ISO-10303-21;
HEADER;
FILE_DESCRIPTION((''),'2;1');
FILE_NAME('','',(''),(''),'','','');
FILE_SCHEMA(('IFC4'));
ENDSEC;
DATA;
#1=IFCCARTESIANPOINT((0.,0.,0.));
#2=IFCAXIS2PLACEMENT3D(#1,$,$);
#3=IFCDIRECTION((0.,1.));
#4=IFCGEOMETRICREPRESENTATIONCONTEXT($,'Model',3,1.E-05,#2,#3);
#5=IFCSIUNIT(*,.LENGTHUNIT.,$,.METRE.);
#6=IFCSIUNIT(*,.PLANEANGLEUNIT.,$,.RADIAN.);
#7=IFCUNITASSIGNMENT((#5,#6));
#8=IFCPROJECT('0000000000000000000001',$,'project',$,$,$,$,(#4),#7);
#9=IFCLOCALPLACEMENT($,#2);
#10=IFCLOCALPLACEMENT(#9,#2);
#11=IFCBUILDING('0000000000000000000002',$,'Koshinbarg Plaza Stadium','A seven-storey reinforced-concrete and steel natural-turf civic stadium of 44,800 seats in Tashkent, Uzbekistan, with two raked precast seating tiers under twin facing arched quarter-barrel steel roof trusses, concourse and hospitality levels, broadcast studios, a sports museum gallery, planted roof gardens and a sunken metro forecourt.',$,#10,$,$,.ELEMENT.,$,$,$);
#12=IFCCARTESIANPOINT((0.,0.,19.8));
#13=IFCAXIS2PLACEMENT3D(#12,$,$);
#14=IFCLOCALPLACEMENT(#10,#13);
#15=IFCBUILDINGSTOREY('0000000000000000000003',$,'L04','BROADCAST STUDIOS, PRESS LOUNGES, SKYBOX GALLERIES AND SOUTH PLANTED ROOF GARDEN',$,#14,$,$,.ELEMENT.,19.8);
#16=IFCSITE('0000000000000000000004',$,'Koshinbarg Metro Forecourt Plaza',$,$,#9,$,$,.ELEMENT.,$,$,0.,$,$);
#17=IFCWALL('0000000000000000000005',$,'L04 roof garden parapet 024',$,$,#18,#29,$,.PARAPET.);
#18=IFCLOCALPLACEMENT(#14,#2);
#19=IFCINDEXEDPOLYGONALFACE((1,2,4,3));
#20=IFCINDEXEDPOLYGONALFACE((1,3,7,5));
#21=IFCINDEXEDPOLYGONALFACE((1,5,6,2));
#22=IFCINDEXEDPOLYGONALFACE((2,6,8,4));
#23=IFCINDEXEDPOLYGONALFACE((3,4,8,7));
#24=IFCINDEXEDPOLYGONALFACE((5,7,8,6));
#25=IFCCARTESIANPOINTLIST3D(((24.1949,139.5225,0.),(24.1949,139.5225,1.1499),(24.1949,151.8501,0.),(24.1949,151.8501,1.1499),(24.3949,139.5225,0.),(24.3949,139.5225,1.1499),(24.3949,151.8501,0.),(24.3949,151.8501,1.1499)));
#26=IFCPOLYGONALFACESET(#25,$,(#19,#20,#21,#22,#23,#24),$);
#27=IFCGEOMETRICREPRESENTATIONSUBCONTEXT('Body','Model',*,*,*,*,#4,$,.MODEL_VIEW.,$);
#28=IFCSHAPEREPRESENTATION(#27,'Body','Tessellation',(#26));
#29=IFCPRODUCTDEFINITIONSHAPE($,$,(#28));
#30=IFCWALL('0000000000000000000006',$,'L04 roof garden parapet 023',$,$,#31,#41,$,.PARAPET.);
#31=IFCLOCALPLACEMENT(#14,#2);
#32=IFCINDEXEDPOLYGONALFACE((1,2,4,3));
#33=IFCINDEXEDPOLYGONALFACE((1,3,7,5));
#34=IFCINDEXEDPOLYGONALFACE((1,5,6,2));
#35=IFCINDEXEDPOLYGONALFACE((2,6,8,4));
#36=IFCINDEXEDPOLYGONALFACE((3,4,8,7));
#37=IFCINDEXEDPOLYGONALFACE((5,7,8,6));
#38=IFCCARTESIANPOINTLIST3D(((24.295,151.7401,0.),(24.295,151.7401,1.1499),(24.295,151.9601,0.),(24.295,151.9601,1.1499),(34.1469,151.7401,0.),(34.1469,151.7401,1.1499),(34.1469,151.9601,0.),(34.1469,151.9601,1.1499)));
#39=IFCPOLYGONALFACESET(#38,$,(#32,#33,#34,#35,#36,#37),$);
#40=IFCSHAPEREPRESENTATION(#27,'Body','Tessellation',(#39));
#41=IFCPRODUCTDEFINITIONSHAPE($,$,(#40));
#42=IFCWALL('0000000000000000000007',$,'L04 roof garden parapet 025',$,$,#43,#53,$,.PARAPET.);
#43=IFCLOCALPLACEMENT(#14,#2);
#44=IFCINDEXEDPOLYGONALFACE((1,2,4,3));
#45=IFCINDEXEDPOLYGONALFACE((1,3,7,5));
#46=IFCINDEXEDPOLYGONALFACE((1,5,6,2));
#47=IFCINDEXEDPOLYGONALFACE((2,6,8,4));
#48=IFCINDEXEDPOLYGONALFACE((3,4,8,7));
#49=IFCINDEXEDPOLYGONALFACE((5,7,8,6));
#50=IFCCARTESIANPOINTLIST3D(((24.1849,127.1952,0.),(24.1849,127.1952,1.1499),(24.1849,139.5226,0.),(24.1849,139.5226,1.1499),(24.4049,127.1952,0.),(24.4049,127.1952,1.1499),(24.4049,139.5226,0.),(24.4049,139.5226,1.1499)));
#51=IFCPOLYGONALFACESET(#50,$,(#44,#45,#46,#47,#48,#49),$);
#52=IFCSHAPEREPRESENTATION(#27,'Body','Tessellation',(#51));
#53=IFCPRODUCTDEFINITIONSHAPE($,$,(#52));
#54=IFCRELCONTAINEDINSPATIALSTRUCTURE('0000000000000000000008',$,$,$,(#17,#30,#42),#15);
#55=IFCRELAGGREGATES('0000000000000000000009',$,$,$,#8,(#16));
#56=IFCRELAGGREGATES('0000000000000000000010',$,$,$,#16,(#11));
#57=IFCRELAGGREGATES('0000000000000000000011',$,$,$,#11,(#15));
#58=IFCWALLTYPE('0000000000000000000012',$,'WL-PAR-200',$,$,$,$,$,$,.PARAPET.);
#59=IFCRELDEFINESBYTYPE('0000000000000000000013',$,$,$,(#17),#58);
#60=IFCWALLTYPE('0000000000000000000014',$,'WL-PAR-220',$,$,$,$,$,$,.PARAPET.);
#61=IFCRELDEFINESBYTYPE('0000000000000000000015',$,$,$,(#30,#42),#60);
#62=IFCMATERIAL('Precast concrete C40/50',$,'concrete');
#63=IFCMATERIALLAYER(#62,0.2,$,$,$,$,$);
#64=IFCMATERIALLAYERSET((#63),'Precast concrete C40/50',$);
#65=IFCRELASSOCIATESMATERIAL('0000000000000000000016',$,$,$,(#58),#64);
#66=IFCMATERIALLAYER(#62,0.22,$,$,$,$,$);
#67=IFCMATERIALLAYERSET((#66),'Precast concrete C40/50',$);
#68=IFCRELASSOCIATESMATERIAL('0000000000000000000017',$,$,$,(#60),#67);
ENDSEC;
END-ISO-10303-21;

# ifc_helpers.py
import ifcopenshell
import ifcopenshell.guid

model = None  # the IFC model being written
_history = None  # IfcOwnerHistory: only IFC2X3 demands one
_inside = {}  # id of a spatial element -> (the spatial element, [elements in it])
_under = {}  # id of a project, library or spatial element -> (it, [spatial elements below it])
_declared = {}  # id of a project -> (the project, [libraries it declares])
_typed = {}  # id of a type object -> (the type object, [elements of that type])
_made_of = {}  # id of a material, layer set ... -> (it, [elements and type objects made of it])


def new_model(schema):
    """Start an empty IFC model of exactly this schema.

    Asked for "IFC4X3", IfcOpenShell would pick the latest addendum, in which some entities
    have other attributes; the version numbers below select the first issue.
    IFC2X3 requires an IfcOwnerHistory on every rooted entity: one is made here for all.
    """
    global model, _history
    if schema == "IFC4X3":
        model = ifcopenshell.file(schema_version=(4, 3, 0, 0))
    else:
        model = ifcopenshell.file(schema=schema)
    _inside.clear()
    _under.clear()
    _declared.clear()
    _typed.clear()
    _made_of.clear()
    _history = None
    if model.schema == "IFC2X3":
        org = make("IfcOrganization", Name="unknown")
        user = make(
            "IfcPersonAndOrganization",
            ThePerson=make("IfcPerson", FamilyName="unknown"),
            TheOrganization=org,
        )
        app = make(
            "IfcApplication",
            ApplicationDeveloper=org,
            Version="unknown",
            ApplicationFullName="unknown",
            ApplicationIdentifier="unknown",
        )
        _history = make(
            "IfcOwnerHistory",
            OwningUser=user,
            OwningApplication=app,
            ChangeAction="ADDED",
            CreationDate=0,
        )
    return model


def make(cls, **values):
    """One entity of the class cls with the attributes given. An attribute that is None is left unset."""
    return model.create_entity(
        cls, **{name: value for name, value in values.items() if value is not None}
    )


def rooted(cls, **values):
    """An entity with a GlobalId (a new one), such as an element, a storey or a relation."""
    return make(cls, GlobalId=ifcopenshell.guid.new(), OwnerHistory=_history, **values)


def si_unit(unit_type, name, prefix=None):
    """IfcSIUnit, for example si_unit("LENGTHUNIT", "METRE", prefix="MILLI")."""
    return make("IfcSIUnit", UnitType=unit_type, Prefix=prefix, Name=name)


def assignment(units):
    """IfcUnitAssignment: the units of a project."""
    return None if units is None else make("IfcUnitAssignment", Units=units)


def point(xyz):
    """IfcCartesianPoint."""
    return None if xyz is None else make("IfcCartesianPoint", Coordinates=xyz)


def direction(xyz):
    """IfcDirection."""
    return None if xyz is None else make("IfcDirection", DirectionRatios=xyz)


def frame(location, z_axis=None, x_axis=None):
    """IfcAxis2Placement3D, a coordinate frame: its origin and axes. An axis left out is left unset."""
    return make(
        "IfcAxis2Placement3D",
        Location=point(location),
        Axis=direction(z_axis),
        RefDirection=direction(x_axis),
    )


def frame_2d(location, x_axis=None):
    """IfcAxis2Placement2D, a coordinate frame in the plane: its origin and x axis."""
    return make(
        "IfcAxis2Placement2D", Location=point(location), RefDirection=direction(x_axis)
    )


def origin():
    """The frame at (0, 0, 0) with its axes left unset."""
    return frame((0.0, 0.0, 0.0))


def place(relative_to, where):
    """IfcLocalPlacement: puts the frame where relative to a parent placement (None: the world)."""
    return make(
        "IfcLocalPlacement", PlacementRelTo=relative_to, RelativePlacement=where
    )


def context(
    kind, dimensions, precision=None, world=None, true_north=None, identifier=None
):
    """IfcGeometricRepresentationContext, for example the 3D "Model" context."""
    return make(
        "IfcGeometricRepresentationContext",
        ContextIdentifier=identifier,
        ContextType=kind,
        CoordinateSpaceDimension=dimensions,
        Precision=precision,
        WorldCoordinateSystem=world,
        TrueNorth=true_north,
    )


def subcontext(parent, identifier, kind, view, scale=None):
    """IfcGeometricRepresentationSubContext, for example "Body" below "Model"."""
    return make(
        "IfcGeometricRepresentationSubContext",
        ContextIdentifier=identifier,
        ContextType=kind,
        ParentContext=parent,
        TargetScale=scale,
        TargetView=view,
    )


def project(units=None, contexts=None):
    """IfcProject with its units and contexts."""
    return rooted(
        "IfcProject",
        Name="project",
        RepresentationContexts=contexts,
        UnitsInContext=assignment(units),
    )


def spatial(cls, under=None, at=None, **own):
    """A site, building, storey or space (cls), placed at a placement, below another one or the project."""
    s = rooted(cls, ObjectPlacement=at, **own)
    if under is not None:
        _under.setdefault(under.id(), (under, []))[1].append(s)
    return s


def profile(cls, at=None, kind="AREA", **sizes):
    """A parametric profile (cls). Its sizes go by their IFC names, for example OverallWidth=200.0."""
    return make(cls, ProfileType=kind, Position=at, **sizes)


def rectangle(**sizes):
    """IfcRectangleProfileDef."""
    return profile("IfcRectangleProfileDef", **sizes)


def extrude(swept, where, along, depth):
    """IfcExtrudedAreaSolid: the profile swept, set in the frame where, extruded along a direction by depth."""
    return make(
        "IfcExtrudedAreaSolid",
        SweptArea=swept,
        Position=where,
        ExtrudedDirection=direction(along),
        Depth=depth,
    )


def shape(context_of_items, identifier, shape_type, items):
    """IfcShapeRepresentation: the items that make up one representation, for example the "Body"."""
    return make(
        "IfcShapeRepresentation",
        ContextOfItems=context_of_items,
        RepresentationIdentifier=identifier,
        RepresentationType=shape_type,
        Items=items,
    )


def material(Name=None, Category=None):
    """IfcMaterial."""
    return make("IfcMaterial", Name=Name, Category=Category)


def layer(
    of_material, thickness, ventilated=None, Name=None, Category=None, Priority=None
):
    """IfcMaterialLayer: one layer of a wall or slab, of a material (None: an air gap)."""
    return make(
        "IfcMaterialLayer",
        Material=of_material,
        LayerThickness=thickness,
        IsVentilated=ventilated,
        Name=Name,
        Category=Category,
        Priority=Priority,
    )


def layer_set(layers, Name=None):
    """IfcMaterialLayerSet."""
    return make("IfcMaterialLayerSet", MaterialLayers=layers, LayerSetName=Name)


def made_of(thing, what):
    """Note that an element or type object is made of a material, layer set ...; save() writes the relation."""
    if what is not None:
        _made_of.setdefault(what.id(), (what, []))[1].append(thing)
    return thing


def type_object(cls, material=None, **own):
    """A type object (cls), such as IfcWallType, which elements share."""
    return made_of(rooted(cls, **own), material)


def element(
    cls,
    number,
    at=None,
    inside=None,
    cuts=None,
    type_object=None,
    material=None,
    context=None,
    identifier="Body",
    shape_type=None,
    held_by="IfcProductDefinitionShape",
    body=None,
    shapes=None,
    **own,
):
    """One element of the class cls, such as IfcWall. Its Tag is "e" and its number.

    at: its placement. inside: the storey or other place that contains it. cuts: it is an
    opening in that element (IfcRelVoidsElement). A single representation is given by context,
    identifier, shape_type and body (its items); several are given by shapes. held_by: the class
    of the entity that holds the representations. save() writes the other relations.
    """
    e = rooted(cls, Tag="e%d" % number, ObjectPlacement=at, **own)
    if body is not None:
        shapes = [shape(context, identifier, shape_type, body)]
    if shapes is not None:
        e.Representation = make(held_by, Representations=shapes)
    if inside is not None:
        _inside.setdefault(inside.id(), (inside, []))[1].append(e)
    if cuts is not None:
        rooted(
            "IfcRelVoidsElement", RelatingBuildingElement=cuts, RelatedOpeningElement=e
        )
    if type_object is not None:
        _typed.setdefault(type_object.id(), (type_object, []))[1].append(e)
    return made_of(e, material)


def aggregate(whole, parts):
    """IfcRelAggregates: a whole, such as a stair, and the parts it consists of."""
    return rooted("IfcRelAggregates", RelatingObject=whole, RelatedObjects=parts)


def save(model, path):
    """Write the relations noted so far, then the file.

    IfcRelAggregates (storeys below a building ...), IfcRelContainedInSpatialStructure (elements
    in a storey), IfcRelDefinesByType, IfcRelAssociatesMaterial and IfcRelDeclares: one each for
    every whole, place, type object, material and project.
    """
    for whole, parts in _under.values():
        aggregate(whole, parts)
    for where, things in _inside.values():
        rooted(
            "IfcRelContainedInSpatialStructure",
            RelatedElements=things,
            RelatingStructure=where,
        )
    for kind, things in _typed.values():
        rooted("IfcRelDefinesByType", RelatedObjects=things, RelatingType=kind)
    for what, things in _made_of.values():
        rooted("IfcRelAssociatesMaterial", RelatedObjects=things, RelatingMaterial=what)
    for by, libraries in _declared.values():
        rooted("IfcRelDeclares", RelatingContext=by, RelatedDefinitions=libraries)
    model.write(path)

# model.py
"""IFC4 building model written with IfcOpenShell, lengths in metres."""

from ifc_helpers import new_model, si_unit, direction, frame, frame_2d, origin, place, context, subcontext, project, spatial, rectangle, extrude, material, layer, layer_set, type_object, element, save


model = new_model("IFC4")

# Units and contexts
model_context = context("Model", 3, precision=1e-05, world=origin(), true_north=direction((0.0, 1.0)))
body_context = subcontext(model_context, "Body", "Model", "MODEL_VIEW")
ifc_project = project(units=[si_unit("LENGTHUNIT", "METRE"), si_unit("PLANEANGLEUNIT", "RADIAN")], contexts=[model_context])

# Site, building, storey
site_placement = place(None, origin())
site = spatial("IfcSite", under=ifc_project, at=site_placement, Name="Koshinbarg Metro Forecourt Plaza", CompositionType="ELEMENT", RefElevation=0.0)
building_placement = place(site_placement, origin())
building = spatial("IfcBuilding", under=site, at=building_placement, Name="Koshinbarg Plaza Stadium", Description="A seven-storey reinforced-concrete and steel natural-turf civic stadium of 44,800 seats in Tashkent, Uzbekistan, with two raked precast seating tiers under twin facing arched quarter-barrel steel roof trusses, concourse and hospitality levels, broadcast studios, a sports museum gallery, planted roof gardens and a sunken metro forecourt.", CompositionType="ELEMENT")
storey_placement = place(building_placement, frame((0.0, 0.0, 19.8)))
storey = spatial("IfcBuildingStorey", under=building, at=storey_placement, Name="L04", Description="BROADCAST STUDIOS, PRESS LOUNGES, SKYBOX GALLERIES AND SOUTH PLANTED ROOF GARDEN", CompositionType="ELEMENT", Elevation=19.8)

# Walls
ifc_material_1 = material(Name="Precast concrete C40/50", Category="concrete")
ifc_layer_1 = layer(ifc_material_1, 0.2)
ifc_layer_set_1 = layer_set([ifc_layer_1], Name="Precast concrete C40/50")
wall_type_1 = type_object("IfcWallType", Name="WL-PAR-200", PredefinedType="PARAPET", material=ifc_layer_set_1)
wall_1_placement = place(storey_placement, frame((24.2949, 151.8501, 0.0), z_axis=(0.0, 0.0, 1.0), x_axis=(0.0, -1.0, 0.0)))
element("IfcWall", 1, at=wall_1_placement, inside=storey, type_object=wall_type_1, Name="L04 roof garden parapet 024", PredefinedType="PARAPET", context=body_context, shape_type="SweptSolid", body=[
    extrude(rectangle(XDim=12.3276, YDim=0.2, at=frame_2d((6.1638, 0.0))), origin(), (0.0, 0.0, 1.0), 1.1499),
])
ifc_layer_2 = layer(ifc_material_1, 0.22)
ifc_layer_set_2 = layer_set([ifc_layer_2], Name="Precast concrete C40/50")
wall_type_2 = type_object("IfcWallType", Name="WL-PAR-220", PredefinedType="PARAPET", material=ifc_layer_set_2)
wall_2_placement = place(storey_placement, frame((34.1467, 151.8501, 0.0), z_axis=(0.0, 0.0, 1.0), x_axis=(-1.0, 0.0, 0.0)))
element("IfcWall", 2, at=wall_2_placement, inside=storey, type_object=wall_type_2, Name="L04 roof garden parapet 023", PredefinedType="PARAPET", context=body_context, shape_type="SweptSolid", body=[
    extrude(rectangle(XDim=9.8518, YDim=0.22, at=frame_2d((4.9258, 0.0))), origin(), (0.0, 0.0, 1.0), 1.1499),
])
wall_3_placement = place(storey_placement, frame((24.2949, 139.5225, 0.0), z_axis=(0.0, 0.0, 1.0), x_axis=(0.0, -1.0, 0.0)))
element("IfcWall", 3, at=wall_3_placement, inside=storey, type_object=wall_type_2, Name="L04 roof garden parapet 025", PredefinedType="PARAPET", context=body_context, shape_type="SweptSolid", body=[
    extrude(rectangle(XDim=12.3274, YDim=0.22, at=frame_2d((6.1636, 0.0))), origin(), (0.0, 0.0, 1.0), 1.1499),
])

save(model, "model.ifc")
